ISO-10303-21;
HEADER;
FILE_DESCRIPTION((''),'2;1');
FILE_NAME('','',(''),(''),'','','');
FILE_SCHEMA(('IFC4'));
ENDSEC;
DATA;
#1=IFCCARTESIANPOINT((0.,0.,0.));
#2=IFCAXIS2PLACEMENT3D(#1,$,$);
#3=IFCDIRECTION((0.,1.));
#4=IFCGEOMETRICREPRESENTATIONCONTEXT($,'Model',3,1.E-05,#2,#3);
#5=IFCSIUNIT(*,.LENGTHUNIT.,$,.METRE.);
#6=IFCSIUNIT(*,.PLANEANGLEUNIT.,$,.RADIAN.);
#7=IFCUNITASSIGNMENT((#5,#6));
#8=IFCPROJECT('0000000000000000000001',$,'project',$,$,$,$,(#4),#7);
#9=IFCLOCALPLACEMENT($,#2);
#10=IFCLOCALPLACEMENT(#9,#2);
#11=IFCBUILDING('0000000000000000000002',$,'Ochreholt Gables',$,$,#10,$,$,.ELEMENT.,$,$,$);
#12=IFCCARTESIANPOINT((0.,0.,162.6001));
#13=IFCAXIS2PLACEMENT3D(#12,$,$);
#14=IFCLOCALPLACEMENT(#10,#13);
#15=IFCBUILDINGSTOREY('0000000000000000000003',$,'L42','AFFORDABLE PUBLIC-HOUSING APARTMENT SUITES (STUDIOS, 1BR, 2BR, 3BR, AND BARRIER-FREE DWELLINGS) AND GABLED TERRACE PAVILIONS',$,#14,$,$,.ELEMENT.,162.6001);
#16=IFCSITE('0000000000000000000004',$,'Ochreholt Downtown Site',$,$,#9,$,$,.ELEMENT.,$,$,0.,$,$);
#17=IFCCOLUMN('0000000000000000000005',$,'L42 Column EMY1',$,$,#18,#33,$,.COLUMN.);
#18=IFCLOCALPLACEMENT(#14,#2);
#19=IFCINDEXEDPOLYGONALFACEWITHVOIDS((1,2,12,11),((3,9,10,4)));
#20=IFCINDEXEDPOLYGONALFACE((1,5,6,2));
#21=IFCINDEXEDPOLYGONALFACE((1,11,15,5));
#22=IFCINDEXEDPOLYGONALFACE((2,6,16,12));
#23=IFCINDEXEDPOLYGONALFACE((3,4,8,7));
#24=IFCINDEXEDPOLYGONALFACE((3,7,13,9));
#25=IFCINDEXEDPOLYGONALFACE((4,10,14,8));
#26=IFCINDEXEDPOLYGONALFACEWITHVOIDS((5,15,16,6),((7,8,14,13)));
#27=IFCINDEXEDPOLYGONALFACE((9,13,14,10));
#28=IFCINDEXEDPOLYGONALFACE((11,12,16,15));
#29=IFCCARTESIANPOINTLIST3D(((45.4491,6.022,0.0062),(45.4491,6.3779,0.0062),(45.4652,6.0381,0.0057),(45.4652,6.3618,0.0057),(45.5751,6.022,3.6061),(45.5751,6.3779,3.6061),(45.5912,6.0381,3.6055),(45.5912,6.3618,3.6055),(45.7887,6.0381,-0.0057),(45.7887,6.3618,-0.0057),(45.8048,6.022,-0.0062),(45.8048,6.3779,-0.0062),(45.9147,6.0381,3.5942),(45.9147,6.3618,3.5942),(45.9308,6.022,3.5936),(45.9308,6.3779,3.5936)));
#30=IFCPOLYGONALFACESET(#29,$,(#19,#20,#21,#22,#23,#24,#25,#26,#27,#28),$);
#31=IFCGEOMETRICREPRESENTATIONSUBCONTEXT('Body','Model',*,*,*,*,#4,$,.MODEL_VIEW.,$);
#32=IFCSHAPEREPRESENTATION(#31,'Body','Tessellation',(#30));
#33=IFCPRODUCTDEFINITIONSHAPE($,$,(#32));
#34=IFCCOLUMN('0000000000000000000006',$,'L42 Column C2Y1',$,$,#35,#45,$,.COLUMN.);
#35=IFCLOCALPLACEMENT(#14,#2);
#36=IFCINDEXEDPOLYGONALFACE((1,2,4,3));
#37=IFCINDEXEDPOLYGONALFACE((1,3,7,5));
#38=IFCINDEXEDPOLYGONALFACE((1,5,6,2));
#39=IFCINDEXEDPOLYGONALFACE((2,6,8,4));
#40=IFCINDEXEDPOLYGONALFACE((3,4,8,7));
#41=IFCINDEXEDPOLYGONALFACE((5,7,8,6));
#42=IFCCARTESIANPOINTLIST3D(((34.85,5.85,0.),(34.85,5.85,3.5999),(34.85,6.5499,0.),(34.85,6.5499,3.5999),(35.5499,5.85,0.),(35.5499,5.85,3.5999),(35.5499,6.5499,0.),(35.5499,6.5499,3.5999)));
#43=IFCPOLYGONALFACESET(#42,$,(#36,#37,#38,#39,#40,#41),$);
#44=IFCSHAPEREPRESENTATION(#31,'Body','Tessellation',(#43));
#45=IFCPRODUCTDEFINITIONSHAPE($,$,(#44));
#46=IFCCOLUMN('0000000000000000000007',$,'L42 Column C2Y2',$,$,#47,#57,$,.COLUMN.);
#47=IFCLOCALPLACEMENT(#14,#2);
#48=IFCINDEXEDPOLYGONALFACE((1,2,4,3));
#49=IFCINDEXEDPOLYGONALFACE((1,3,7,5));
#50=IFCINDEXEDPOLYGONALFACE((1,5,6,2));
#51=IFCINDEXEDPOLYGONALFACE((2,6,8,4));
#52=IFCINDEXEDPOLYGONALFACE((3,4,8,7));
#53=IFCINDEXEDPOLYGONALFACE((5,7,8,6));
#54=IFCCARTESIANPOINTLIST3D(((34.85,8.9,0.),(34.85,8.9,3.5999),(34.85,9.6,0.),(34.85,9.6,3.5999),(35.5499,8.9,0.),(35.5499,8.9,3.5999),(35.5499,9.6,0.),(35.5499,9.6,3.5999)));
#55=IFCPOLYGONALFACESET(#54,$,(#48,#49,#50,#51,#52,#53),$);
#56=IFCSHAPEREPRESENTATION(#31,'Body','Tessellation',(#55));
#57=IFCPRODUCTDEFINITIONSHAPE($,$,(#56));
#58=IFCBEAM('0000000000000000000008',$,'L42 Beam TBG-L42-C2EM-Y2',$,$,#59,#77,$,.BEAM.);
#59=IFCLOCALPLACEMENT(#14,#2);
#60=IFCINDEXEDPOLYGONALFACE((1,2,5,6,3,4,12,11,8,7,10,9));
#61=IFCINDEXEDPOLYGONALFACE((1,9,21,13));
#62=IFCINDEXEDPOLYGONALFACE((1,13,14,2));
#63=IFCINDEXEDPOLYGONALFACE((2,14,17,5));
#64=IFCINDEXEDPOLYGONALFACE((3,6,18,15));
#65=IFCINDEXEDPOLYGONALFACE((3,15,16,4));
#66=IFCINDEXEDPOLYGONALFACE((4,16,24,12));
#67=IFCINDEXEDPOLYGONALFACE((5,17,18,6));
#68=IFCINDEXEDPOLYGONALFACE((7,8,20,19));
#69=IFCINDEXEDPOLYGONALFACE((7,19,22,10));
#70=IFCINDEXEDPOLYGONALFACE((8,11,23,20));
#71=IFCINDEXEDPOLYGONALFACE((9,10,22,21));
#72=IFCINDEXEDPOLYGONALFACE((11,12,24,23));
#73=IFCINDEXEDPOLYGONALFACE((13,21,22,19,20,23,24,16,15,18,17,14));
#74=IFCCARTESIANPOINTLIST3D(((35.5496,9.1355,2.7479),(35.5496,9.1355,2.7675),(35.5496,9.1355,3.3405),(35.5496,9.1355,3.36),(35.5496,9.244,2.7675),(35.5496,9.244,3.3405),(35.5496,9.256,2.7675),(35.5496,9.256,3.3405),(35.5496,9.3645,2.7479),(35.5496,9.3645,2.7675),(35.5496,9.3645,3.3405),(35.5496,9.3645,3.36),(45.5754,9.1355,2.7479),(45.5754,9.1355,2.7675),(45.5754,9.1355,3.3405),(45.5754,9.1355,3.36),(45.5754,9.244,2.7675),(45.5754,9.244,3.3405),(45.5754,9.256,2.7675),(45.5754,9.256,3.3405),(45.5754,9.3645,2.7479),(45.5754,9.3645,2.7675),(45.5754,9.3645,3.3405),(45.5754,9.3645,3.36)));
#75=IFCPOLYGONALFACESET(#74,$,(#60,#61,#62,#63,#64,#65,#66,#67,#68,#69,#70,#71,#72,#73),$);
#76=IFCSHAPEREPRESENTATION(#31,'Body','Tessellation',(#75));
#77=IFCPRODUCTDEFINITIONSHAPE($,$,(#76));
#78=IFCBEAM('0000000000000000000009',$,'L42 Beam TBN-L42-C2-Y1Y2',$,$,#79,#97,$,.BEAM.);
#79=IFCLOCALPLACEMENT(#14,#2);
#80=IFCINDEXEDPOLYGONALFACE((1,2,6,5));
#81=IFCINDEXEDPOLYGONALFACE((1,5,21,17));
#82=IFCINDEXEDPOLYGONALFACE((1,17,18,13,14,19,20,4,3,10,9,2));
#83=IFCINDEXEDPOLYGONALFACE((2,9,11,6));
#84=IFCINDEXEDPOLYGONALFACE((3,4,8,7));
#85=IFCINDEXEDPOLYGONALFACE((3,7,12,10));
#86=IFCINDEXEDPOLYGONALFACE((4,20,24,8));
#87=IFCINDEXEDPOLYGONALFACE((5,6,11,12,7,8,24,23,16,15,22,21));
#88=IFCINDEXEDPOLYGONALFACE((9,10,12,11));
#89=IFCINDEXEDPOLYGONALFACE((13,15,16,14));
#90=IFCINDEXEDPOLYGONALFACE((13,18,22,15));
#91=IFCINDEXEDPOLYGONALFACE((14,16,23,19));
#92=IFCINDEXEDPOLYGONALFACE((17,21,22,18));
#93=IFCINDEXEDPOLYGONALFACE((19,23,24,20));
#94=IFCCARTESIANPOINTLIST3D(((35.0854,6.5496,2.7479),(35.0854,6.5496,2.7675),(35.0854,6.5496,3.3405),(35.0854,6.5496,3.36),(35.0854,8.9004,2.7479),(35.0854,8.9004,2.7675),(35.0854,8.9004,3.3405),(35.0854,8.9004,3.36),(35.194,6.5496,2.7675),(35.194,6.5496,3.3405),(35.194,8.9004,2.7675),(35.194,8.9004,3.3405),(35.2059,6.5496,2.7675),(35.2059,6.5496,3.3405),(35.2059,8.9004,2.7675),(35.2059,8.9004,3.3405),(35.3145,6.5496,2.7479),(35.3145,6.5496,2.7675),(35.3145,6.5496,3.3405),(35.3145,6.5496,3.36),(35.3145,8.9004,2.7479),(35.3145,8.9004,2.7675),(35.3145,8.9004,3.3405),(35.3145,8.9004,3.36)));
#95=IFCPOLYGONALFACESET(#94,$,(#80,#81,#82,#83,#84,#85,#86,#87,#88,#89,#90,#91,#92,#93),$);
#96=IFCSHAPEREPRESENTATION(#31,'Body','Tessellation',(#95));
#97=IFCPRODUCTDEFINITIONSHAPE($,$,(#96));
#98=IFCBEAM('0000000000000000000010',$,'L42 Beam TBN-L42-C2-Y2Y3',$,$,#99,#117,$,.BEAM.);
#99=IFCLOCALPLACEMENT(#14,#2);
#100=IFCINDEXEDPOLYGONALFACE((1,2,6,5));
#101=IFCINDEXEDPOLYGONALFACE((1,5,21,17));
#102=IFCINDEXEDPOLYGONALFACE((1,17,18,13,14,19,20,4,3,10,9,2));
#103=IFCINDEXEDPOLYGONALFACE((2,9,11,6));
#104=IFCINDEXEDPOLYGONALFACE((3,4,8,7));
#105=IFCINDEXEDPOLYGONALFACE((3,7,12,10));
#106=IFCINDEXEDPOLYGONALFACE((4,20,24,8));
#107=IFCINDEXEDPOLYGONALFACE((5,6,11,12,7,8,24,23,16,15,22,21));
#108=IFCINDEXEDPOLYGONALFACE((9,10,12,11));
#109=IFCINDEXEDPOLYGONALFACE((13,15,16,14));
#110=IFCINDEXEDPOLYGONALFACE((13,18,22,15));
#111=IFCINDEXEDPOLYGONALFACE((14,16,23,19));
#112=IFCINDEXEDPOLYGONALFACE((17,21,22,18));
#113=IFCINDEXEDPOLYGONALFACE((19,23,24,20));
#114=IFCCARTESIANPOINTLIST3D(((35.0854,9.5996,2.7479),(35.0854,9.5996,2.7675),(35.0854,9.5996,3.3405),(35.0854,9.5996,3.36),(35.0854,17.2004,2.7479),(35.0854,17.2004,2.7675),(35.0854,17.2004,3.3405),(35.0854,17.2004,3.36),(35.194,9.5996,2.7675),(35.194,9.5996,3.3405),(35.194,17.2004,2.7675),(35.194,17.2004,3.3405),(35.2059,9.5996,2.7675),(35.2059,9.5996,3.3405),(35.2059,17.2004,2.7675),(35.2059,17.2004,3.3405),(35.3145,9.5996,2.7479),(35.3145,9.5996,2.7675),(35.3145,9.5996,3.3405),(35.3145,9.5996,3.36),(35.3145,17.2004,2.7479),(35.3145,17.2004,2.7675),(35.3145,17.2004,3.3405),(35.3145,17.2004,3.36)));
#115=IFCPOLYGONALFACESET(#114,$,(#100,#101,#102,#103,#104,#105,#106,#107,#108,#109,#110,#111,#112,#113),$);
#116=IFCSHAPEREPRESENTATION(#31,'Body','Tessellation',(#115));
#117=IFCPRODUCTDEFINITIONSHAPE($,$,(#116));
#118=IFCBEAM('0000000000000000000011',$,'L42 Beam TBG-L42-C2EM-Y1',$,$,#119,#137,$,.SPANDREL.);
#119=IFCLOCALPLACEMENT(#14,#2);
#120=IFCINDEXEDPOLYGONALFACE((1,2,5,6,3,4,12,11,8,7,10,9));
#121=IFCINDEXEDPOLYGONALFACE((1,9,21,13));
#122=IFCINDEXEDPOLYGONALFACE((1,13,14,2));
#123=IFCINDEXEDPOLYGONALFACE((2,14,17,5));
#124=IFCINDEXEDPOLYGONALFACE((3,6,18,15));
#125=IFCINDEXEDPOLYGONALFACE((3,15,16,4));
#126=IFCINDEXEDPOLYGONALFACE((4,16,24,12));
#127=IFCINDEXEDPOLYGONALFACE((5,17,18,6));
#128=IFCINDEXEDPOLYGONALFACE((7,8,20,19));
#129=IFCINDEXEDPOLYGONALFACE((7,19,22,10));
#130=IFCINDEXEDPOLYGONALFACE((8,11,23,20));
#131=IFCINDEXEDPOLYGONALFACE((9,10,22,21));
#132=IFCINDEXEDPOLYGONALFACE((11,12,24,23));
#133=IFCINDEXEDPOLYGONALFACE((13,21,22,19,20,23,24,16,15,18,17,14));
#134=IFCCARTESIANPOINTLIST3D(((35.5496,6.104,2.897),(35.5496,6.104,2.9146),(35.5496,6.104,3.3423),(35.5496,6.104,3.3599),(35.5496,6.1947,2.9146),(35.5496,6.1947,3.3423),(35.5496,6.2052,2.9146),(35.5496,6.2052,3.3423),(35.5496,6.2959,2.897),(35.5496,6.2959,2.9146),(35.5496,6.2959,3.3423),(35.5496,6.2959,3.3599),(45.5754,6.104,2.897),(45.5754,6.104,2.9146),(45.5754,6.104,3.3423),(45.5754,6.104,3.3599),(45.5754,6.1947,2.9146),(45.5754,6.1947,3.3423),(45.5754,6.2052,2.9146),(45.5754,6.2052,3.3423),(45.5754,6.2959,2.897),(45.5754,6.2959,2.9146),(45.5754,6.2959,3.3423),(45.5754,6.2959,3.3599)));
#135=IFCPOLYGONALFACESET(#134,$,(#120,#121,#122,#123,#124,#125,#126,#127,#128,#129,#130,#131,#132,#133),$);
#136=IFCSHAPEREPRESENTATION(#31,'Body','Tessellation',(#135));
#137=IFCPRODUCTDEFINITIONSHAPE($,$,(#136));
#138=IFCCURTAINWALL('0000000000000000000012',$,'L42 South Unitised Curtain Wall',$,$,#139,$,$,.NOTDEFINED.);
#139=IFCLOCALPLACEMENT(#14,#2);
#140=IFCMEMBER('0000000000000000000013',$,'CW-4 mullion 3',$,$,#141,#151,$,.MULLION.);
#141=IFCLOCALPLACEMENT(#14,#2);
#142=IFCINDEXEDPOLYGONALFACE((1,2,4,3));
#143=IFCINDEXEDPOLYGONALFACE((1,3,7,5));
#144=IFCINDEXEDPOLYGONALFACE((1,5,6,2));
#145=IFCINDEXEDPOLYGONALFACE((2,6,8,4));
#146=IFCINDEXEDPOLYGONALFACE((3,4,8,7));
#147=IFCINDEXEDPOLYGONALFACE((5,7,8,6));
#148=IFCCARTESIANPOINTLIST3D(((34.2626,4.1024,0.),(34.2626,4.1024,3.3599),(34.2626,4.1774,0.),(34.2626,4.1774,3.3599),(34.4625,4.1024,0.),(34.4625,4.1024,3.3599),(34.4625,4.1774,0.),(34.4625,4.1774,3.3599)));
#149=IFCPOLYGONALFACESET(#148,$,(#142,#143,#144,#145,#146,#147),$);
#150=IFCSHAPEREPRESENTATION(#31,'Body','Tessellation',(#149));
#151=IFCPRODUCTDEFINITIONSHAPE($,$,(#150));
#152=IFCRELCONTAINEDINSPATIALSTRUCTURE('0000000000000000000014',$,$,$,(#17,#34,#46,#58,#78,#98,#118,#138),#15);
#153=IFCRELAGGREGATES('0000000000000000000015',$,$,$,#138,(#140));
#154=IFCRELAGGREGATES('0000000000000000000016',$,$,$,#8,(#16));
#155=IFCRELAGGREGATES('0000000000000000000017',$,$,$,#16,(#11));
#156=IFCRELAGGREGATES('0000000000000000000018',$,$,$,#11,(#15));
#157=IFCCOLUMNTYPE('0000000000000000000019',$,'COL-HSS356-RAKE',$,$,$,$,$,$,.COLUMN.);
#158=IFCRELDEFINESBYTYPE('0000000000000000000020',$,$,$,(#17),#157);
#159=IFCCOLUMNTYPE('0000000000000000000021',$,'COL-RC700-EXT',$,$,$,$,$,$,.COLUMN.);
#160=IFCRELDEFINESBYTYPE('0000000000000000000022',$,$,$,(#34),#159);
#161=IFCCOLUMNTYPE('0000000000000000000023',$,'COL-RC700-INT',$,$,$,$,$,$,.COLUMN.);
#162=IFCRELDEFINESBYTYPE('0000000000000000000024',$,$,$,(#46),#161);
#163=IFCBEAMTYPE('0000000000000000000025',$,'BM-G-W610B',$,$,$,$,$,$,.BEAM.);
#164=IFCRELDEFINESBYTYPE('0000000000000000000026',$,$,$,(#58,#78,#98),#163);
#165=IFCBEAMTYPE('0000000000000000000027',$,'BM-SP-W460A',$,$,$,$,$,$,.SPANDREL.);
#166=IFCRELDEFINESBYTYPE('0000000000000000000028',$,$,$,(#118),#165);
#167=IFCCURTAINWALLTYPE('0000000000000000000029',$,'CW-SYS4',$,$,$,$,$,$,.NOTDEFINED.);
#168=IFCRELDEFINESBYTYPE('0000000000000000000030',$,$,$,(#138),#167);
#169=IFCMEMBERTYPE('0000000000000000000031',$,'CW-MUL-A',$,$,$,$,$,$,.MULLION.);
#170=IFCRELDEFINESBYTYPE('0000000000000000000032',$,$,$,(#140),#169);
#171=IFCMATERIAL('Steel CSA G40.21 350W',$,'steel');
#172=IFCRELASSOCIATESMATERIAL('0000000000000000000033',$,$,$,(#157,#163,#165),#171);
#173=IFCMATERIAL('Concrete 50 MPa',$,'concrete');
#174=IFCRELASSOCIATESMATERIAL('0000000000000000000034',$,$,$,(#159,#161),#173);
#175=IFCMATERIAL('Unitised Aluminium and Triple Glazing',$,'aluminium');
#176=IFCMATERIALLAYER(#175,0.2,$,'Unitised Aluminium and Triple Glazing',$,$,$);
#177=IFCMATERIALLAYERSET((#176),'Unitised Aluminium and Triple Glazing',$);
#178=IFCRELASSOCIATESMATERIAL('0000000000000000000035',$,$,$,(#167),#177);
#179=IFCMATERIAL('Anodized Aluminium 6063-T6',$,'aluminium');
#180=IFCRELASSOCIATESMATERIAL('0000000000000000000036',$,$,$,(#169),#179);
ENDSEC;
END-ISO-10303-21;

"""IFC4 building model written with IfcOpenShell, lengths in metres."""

from ifc_helpers import new_model, si_unit, direction, frame, origin, origin_2d, place, context, subcontext, project, spatial, rectangle, hollow_rectangle, i_section, extrude, material, layer, layer_set, material_profile, profile_set, type_object, element, aggregate, save


model = new_model("IFC4")

# Units and contexts
model_context = context("Model", 3, precision=1e-05, world=origin(), true_north=direction((0.0, 1.0)))
body_context = subcontext(model_context, "Body", "Model", "MODEL_VIEW")
ifc_project = project(units=[si_unit("LENGTHUNIT", "METRE"), si_unit("PLANEANGLEUNIT", "RADIAN")], contexts=[model_context])

# Site, building, storey
site_placement = place(None, origin())
site = spatial("IfcSite", under=ifc_project, at=site_placement, Name="Ochreholt Downtown Site", CompositionType="ELEMENT", RefElevation=0.0)
building_placement = place(site_placement, origin())
building = spatial("IfcBuilding", under=site, at=building_placement, Name="Ochreholt Gables", CompositionType="ELEMENT")
storey_placement = place(building_placement, frame((0.0, 0.0, 162.6001)))
storey = spatial("IfcBuildingStorey", under=building, at=storey_placement, Name="L42", Description="AFFORDABLE PUBLIC-HOUSING APARTMENT SUITES (STUDIOS, 1BR, 2BR, 3BR, AND BARRIER-FREE DWELLINGS) AND GABLED TERRACE PAVILIONS", CompositionType="ELEMENT", Elevation=162.6001)

# Columns
ifc_material_1 = material(Name="Steel CSA G40.21 350W", Category="steel")
ifc_material_profile_1 = material_profile(ifc_material_1, hollow_rectangle(XDim=0.356, YDim=0.356, WallThickness=0.0161, at=origin_2d()), Name="HSS356X356X16")
ifc_profile_set_1 = profile_set([ifc_material_profile_1], Name="Steel CSA G40.21 350W")
column_type_1 = type_object("IfcColumnType", Name="COL-HSS356-RAKE", PredefinedType="COLUMN", material=ifc_profile_set_1)
column_1_placement = place(storey_placement, frame((45.627, 6.2, 0.0), z_axis=(0.034974, 0.0, 0.999388), x_axis=(0.0, 1.0, 0.0)))
element("IfcColumn", 1, at=column_1_placement, inside=storey, type_object=column_type_1, Name="L42 Column EMY1", PredefinedType="COLUMN", context=body_context, shape_type="SweptSolid", body=[
    extrude(hollow_rectangle(XDim=0.356, YDim=0.356, WallThickness=0.0161, at=origin_2d()), origin(), (0.0, 0.0, 1.0), 3.6021),
])
ifc_material_2 = material(Name="Concrete 50 MPa", Category="concrete")
ifc_material_profile_2 = material_profile(ifc_material_2, rectangle(XDim=0.7, YDim=0.7, at=origin_2d()), Name="RC700X700")
ifc_profile_set_2 = profile_set([ifc_material_profile_2], Name="Concrete 50 MPa")
column_type_2 = type_object("IfcColumnType", Name="COL-RC700-EXT", PredefinedType="COLUMN", material=ifc_profile_set_2)
column_2_placement = place(storey_placement, frame((35.2, 6.2, 0.0), z_axis=(0.0, 0.0, 1.0), x_axis=(1.0, 0.0, 0.0)))
element("IfcColumn", 2, at=column_2_placement, inside=storey, type_object=column_type_2, Name="L42 Column C2Y1", PredefinedType="COLUMN", context=body_context, shape_type="SweptSolid", body=[
    extrude(rectangle(XDim=0.7, YDim=0.7, at=origin_2d()), origin(), (0.0, 0.0, 1.0), 3.5999),
])
ifc_material_profile_3 = material_profile(ifc_material_2, rectangle(XDim=0.7, YDim=0.7, at=origin_2d()), Name="RC700X700")
ifc_profile_set_3 = profile_set([ifc_material_profile_3], Name="Concrete 50 MPa")
column_type_3 = type_object("IfcColumnType", Name="COL-RC700-INT", PredefinedType="COLUMN", material=ifc_profile_set_3)
column_3_placement = place(storey_placement, frame((35.2, 9.25, 0.0), z_axis=(0.0, 0.0, 1.0), x_axis=(1.0, 0.0, 0.0)))
element("IfcColumn", 3, at=column_3_placement, inside=storey, type_object=column_type_3, Name="L42 Column C2Y2", PredefinedType="COLUMN", context=body_context, shape_type="SweptSolid", body=[
    extrude(rectangle(XDim=0.7, YDim=0.7, at=origin_2d()), origin(), (0.0, 0.0, 1.0), 3.5999),
])

# Beams
ifc_material_profile_4 = material_profile(ifc_material_1, i_section(OverallWidth=0.229, OverallDepth=0.6121, WebThickness=0.012, FlangeThickness=0.0195, at=origin_2d()), Name="W610X125")
ifc_profile_set_4 = profile_set([ifc_material_profile_4], Name="Steel CSA G40.21 350W")
beam_type_1 = type_object("IfcBeamType", Name="BM-G-W610B", PredefinedType="BEAM", material=ifc_profile_set_4)
beam_1_placement = place(storey_placement, frame((35.5496, 9.25, 3.054), z_axis=(1.0, 0.0, 0.0), x_axis=(0.0, 1.0, 0.0)))
element("IfcBeam", 4, at=beam_1_placement, inside=storey, type_object=beam_type_1, Name="L42 Beam TBG-L42-C2EM-Y2", PredefinedType="BEAM", context=body_context, shape_type="SweptSolid", body=[
    extrude(i_section(OverallWidth=0.229, OverallDepth=0.6121, WebThickness=0.012, FlangeThickness=0.0195, at=origin_2d()), origin(), (0.0, 0.0, 1.0), 10.0259),
])
beam_2_placement = place(storey_placement, frame((35.2, 6.5496, 3.054), z_axis=(0.0, 1.0, 0.0), x_axis=(-1.0, 0.0, 0.0)))
element("IfcBeam", 5, at=beam_2_placement, inside=storey, type_object=beam_type_1, Name="L42 Beam TBN-L42-C2-Y1Y2", PredefinedType="BEAM", context=body_context, shape_type="SweptSolid", body=[
    extrude(i_section(OverallWidth=0.229, OverallDepth=0.6121, WebThickness=0.012, FlangeThickness=0.0195, at=origin_2d()), origin(), (0.0, 0.0, 1.0), 2.3508),
])
beam_3_placement = place(storey_placement, frame((35.2, 9.5996, 3.054), z_axis=(0.0, 1.0, 0.0), x_axis=(-1.0, 0.0, 0.0)))
element("IfcBeam", 6, at=beam_3_placement, inside=storey, type_object=beam_type_1, Name="L42 Beam TBN-L42-C2-Y2Y3", PredefinedType="BEAM", context=body_context, shape_type="SweptSolid", body=[
    extrude(i_section(OverallWidth=0.229, OverallDepth=0.6121, WebThickness=0.012, FlangeThickness=0.0195, at=origin_2d()), origin(), (0.0, 0.0, 1.0), 7.6008),
])
ifc_material_profile_5 = material_profile(ifc_material_1, i_section(OverallWidth=0.1919, OverallDepth=0.4629, WebThickness=0.0105, FlangeThickness=0.0176, at=origin_2d()), Name="W460X89")
ifc_profile_set_5 = profile_set([ifc_material_profile_5], Name="Steel CSA G40.21 350W")
beam_type_2 = type_object("IfcBeamType", Name="BM-SP-W460A", PredefinedType="SPANDREL", material=ifc_profile_set_5)
beam_4_placement = place(storey_placement, frame((35.5496, 6.2, 3.1284), z_axis=(1.0, 0.0, 0.0), x_axis=(0.0, 1.0, 0.0)))
element("IfcBeam", 7, at=beam_4_placement, inside=storey, type_object=beam_type_2, Name="L42 Beam TBG-L42-C2EM-Y1", PredefinedType="SPANDREL", context=body_context, shape_type="SweptSolid", body=[
    extrude(i_section(OverallWidth=0.1919, OverallDepth=0.4629, WebThickness=0.0105, FlangeThickness=0.0176, at=origin_2d()), origin(), (0.0, 0.0, 1.0), 10.0259),
])

# Curtain wall, member
ifc_material_3 = material(Name="Unitised Aluminium and Triple Glazing", Category="aluminium")
ifc_layer_1 = layer(ifc_material_3, 0.2, Name="Unitised Aluminium and Triple Glazing")
ifc_layer_set_1 = layer_set([ifc_layer_1], Name="Unitised Aluminium and Triple Glazing")
curtain_wall_type = type_object("IfcCurtainWallType", Name="CW-SYS4", PredefinedType="NOTDEFINED", material=ifc_layer_set_1)
curtain_wall_placement = place(storey_placement, origin())
curtain_wall = element("IfcCurtainWall", 8, at=curtain_wall_placement, inside=storey, type_object=curtain_wall_type, Name="L42 South Unitised Curtain Wall", PredefinedType="NOTDEFINED")
ifc_material_4 = material(Name="Anodized Aluminium 6063-T6", Category="aluminium")
ifc_material_profile_6 = material_profile(ifc_material_4, rectangle(XDim=0.075, YDim=0.2, at=origin_2d()), Name="CWM75X200")
ifc_profile_set_6 = profile_set([ifc_material_profile_6], Name="Anodized Aluminium 6063-T6")
member_type = type_object("IfcMemberType", Name="CW-MUL-A", PredefinedType="MULLION", material=ifc_profile_set_6)
member_placement = place(storey_placement, frame((34.3625, 4.1399, 0.0), z_axis=(0.0, 0.0, 1.0), x_axis=(0.0, 1.0, 0.0)))
member = element("IfcMember", 9, at=member_placement, type_object=member_type, Name="CW-4 mullion 3", PredefinedType="MULLION", context=body_context, shape_type="SweptSolid", body=[
    extrude(rectangle(XDim=0.075, YDim=0.2, at=origin_2d()), origin(), (0.0, 0.0, 1.0), 3.3599),
])
aggregate(curtain_wall, [member])

save(model, "model.ifc")
